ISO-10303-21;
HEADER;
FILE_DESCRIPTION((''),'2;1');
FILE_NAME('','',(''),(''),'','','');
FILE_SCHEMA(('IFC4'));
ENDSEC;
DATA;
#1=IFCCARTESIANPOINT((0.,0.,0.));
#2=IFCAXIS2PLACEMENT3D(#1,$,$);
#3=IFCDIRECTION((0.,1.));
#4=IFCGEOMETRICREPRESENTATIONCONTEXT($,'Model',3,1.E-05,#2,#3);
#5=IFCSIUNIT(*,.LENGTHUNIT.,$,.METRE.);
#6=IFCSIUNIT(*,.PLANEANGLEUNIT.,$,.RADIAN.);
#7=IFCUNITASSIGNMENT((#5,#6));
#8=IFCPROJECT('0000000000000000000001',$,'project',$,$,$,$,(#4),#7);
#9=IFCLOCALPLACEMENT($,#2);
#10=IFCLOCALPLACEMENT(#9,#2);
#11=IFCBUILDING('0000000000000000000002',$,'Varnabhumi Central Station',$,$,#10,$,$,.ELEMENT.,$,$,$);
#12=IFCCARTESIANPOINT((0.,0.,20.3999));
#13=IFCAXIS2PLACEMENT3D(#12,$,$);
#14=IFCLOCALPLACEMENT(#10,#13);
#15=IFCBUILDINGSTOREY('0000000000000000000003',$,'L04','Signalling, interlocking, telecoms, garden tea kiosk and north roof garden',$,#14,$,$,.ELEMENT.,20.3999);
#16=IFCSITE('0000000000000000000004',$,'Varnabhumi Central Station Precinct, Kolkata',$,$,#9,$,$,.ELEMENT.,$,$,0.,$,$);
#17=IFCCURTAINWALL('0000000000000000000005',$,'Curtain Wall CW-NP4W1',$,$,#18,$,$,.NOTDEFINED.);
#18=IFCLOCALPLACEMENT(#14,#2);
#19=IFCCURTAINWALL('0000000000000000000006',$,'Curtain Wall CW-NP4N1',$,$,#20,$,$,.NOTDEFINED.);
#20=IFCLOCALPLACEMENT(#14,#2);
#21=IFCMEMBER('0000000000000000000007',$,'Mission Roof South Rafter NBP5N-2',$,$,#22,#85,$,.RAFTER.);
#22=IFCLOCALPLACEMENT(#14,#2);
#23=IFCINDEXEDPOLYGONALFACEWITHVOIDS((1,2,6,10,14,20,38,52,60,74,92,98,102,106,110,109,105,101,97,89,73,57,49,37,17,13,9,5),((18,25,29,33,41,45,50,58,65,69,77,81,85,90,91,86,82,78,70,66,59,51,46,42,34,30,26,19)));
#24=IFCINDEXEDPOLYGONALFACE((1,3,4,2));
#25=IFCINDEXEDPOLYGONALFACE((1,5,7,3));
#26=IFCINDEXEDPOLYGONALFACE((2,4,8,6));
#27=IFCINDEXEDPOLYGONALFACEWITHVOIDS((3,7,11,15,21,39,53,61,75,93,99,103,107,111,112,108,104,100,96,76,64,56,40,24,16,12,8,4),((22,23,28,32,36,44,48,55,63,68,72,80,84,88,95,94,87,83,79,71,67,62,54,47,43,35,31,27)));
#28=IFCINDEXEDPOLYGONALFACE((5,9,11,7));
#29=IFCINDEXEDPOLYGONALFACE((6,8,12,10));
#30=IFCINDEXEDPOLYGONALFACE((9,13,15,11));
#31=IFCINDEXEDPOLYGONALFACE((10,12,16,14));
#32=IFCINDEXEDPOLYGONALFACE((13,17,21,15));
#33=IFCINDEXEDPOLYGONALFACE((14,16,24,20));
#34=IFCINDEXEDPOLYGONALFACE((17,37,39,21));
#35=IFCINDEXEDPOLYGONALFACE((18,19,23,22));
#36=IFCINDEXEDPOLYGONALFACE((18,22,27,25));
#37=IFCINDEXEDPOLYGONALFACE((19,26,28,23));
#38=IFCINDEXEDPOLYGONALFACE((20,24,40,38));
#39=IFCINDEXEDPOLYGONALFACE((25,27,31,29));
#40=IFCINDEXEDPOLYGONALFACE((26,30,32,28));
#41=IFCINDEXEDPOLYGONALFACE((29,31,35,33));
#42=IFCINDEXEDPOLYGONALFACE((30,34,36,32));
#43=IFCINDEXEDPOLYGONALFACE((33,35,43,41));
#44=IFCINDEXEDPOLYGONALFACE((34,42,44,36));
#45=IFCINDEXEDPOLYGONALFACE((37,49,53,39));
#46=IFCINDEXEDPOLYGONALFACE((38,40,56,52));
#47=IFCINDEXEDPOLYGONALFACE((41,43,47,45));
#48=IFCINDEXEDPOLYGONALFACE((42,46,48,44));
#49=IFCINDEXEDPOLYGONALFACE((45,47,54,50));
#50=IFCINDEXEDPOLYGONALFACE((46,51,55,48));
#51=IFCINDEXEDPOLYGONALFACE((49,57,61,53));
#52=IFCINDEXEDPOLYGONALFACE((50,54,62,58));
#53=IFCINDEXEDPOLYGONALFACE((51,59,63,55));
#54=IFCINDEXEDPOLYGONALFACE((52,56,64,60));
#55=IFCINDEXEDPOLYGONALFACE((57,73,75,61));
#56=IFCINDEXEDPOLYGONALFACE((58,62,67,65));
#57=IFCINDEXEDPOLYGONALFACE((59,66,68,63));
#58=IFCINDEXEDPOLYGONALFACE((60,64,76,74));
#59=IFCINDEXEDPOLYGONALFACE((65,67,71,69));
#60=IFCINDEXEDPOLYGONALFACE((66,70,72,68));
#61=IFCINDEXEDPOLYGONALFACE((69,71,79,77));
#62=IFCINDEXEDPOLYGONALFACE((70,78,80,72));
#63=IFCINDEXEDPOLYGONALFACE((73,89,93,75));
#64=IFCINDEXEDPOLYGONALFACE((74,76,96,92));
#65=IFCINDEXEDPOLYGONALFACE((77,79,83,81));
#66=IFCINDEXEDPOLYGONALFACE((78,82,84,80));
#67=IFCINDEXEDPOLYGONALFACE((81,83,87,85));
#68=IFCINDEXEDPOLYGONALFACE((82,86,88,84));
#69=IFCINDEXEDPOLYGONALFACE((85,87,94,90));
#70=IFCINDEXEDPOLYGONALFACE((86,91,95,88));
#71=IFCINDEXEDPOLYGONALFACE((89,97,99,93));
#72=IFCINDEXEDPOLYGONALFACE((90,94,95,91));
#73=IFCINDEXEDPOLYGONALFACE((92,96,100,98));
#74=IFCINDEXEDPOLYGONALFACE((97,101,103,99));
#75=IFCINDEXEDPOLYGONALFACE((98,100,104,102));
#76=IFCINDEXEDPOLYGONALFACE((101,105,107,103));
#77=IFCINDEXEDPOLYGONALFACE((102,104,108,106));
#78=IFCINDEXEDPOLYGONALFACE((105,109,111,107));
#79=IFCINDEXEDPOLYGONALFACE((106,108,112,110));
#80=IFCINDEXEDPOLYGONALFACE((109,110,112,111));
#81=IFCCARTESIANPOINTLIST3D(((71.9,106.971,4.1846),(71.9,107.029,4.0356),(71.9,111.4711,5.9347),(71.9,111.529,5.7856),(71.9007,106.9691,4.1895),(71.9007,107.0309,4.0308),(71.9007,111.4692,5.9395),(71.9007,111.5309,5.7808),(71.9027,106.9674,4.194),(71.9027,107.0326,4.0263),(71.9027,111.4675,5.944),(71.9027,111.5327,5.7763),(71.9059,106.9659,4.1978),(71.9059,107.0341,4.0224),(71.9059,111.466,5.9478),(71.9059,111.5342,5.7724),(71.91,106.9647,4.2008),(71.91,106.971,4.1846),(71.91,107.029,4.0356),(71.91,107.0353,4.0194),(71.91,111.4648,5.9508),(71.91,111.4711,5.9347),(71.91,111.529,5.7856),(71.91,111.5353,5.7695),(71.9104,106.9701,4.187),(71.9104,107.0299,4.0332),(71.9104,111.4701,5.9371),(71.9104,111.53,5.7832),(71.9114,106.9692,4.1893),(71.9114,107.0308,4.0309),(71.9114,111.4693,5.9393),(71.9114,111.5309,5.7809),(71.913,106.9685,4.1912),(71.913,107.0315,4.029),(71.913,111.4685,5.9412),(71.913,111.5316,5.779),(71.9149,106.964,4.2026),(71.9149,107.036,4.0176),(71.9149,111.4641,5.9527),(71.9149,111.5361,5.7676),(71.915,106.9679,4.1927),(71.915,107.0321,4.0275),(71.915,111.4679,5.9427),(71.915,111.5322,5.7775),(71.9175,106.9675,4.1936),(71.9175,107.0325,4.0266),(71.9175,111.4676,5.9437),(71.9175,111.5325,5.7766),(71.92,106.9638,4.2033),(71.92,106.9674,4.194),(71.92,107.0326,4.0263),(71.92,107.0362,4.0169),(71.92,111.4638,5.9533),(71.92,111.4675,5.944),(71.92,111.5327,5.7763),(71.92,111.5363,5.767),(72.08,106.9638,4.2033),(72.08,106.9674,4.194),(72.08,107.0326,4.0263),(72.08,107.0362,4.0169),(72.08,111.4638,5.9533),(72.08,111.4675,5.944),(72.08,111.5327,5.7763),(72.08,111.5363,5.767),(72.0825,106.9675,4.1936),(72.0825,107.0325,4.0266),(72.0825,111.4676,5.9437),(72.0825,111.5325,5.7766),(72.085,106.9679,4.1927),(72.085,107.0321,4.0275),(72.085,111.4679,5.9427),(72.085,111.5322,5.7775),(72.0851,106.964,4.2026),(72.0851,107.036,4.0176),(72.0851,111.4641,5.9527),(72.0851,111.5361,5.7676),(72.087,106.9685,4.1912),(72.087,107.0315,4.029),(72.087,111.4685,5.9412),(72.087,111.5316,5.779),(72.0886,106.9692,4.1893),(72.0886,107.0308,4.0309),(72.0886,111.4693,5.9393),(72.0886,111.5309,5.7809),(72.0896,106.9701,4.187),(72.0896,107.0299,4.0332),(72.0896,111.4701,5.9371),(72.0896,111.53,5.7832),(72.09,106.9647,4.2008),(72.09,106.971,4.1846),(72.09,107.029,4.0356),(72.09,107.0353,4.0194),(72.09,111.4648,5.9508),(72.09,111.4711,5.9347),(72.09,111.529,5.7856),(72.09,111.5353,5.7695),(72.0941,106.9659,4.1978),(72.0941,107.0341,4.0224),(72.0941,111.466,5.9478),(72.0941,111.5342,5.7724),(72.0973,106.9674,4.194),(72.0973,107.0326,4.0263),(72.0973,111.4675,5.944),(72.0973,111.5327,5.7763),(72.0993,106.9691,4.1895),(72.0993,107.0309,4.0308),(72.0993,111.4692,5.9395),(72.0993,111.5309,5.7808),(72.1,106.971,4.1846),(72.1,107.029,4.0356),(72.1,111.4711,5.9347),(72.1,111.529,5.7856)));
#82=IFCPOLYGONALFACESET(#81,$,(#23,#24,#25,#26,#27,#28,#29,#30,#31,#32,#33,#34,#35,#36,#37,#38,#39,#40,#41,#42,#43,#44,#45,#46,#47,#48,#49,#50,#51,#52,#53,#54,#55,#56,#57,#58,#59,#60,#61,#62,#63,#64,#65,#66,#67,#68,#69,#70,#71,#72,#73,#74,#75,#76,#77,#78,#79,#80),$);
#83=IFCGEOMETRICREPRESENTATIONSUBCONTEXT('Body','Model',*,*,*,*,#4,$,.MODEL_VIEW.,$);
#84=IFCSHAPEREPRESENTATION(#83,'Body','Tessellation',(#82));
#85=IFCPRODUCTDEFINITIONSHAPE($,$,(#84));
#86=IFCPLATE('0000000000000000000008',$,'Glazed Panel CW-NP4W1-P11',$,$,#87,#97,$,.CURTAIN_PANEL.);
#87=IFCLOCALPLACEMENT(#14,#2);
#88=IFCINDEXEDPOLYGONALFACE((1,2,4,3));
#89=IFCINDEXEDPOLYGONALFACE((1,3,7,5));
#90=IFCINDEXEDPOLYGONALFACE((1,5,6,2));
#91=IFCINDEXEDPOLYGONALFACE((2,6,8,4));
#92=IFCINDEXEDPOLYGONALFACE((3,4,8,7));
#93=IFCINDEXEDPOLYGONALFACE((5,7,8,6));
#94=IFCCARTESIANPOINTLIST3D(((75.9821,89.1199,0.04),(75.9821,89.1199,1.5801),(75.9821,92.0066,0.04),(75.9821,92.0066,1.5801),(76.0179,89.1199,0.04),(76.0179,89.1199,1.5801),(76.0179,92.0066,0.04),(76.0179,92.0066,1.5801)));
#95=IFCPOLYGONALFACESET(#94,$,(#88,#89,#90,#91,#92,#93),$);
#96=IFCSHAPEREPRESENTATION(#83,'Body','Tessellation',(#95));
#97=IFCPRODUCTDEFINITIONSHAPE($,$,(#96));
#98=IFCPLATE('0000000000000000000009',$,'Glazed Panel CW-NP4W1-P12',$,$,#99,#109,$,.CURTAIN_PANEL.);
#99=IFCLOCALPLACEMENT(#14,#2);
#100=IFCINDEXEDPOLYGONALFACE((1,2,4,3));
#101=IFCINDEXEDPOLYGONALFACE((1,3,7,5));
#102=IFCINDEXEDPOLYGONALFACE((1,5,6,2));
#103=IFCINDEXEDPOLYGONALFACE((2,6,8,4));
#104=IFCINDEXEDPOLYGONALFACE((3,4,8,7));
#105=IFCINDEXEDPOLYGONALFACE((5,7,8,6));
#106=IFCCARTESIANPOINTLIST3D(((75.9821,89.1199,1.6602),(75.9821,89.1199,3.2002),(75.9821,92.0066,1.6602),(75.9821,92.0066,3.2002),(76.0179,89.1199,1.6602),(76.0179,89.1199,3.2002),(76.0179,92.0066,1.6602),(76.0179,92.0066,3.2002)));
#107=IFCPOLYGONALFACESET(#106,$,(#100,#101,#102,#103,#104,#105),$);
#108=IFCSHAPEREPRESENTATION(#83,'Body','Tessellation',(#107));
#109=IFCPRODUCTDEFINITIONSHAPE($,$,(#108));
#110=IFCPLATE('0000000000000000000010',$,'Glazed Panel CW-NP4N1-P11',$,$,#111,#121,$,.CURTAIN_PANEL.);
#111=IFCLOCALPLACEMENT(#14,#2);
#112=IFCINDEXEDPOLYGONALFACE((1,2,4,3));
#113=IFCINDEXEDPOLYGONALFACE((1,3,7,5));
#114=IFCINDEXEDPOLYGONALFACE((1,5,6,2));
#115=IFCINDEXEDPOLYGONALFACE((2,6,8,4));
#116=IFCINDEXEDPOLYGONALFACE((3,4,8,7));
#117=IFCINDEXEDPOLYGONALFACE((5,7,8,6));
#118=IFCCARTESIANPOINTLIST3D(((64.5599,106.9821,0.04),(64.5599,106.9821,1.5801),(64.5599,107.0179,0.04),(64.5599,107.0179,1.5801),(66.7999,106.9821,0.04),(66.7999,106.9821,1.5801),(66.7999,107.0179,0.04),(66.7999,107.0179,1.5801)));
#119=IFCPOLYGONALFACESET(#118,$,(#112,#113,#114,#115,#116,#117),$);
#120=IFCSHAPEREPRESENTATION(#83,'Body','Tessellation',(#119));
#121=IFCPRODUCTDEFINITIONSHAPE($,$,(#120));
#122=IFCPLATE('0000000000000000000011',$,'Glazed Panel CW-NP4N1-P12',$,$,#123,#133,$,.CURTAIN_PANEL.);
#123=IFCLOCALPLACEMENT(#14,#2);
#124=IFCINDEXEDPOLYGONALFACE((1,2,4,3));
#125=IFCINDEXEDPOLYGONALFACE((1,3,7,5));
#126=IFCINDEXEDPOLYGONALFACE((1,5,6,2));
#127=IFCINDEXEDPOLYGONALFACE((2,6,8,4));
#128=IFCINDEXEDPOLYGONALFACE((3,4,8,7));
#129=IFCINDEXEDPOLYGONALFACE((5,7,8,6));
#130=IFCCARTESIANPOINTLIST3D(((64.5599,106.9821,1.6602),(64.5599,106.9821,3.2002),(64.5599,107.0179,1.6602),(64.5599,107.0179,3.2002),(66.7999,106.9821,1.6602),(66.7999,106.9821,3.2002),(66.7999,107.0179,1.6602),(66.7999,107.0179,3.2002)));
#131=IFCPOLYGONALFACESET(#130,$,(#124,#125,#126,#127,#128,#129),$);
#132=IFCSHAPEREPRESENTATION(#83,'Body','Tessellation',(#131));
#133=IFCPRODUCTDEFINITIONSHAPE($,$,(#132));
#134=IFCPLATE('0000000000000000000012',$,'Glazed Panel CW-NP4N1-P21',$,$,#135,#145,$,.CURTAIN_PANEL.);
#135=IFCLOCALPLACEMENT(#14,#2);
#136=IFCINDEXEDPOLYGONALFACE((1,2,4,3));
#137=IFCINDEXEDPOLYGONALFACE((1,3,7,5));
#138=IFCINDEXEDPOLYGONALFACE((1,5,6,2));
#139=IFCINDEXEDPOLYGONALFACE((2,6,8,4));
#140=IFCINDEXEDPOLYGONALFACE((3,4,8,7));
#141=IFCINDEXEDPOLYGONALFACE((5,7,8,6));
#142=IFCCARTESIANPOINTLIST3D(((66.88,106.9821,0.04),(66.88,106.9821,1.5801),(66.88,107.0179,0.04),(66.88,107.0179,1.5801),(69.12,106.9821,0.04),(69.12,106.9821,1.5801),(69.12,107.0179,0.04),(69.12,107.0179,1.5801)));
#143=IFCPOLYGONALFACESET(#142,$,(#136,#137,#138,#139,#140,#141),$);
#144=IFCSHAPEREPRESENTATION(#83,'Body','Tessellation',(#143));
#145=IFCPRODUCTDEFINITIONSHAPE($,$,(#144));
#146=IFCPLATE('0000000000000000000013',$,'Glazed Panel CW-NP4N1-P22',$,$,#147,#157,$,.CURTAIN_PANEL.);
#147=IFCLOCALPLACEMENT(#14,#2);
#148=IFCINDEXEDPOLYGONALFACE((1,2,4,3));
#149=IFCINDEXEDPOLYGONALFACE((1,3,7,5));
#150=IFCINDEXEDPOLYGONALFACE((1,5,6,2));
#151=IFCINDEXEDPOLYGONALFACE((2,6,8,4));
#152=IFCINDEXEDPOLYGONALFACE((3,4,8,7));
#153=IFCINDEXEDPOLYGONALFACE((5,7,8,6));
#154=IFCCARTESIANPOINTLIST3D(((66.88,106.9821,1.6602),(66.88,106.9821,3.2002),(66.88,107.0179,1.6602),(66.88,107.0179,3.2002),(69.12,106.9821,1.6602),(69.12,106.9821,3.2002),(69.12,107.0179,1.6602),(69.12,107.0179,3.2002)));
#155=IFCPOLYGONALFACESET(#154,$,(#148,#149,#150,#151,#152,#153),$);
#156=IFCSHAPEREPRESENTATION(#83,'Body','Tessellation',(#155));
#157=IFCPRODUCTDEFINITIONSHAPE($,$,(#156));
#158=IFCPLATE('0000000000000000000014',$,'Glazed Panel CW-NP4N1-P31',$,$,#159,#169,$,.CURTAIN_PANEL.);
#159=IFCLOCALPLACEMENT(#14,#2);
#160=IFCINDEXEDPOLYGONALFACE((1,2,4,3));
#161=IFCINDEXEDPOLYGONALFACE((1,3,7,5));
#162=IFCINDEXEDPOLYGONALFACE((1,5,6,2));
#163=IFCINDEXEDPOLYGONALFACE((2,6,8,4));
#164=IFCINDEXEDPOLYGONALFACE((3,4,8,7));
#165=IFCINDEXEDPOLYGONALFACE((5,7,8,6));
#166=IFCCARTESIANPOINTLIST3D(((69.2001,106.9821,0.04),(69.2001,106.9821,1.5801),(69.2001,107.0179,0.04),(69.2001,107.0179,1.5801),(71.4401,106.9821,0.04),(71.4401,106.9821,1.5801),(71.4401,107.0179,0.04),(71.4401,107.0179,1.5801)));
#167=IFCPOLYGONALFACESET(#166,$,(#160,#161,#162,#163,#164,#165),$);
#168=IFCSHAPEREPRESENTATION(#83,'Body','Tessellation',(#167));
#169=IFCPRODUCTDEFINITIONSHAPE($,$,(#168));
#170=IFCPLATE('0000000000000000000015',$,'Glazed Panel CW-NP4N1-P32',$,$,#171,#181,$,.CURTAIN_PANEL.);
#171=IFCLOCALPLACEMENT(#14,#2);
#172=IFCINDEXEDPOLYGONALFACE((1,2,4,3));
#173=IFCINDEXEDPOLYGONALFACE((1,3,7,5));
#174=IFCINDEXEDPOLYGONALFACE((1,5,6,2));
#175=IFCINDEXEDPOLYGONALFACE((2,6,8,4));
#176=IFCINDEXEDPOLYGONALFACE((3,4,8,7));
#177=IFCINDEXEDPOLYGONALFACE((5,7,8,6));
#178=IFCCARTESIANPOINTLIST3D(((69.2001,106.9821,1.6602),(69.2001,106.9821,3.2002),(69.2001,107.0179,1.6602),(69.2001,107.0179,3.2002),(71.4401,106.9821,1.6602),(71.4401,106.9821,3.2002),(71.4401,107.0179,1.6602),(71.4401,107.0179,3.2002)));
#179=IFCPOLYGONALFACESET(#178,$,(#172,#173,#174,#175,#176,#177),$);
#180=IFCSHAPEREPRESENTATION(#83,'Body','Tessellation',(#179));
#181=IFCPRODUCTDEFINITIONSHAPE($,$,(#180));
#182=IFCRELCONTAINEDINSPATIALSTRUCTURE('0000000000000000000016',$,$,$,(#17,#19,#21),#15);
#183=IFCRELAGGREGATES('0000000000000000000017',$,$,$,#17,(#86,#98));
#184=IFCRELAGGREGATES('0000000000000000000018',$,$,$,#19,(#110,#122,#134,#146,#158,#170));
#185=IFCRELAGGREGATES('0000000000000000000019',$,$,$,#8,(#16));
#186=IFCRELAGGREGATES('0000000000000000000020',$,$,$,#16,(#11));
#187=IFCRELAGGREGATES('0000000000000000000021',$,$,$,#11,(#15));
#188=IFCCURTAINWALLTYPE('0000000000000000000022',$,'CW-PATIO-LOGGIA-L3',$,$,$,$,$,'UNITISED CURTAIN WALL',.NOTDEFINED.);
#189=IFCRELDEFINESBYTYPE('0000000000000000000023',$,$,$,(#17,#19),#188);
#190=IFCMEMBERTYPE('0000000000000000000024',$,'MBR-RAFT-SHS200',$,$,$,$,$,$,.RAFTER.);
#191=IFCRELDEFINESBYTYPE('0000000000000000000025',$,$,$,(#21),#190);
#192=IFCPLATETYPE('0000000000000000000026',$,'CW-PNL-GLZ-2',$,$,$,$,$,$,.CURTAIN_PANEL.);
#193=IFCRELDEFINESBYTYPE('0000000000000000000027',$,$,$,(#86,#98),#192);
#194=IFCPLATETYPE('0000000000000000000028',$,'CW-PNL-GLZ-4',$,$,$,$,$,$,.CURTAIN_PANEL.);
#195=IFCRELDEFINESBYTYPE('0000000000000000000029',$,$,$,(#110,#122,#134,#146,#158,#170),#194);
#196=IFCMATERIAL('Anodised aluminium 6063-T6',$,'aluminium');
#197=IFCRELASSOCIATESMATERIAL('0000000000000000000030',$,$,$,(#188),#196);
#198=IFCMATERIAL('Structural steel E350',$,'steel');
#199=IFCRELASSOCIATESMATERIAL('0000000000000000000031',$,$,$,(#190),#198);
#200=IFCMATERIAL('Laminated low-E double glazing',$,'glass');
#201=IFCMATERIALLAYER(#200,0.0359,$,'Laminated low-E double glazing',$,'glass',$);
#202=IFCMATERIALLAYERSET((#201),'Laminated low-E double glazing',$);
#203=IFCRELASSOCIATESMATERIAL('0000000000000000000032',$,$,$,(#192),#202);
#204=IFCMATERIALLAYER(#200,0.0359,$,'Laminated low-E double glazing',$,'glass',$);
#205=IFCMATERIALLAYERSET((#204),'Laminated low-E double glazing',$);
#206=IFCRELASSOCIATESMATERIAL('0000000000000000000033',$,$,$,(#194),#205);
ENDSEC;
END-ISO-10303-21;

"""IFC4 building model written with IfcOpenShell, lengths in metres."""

from ifc_helpers import new_model, si_unit, direction, frame, origin, origin_2d, place, context, subcontext, project, spatial, rectangle, hollow_rectangle, extrude, material, layer, layer_set, material_profile, profile_set, type_object, element, aggregate, save


model = new_model("IFC4")

# Units and contexts
model_context = context("Model", 3, precision=1e-05, world=origin(), true_north=direction((0.0, 1.0)))
body_context = subcontext(model_context, "Body", "Model", "MODEL_VIEW")
ifc_project = project(units=[si_unit("LENGTHUNIT", "METRE"), si_unit("PLANEANGLEUNIT", "RADIAN")], contexts=[model_context])

# Site, building, storey
site_placement = place(None, origin())
site = spatial("IfcSite", under=ifc_project, at=site_placement, Name="Varnabhumi Central Station Precinct, Kolkata", CompositionType="ELEMENT", RefElevation=0.0)
building_placement = place(site_placement, origin())
building = spatial("IfcBuilding", under=site, at=building_placement, Name="Varnabhumi Central Station", CompositionType="ELEMENT")
storey_placement = place(building_placement, frame((0.0, 0.0, 20.3999)))
storey = spatial("IfcBuildingStorey", under=building, at=storey_placement, Name="L04", Description="Signalling, interlocking, telecoms, garden tea kiosk and north roof garden", CompositionType="ELEMENT", Elevation=20.3999)

# Curtain wall
ifc_material_1 = material(Name="Anodised aluminium 6063-T6", Category="aluminium")
curtain_wall_type = type_object("IfcCurtainWallType", Name="CW-PATIO-LOGGIA-L3", ElementType="UNITISED CURTAIN WALL", PredefinedType="NOTDEFINED", material=ifc_material_1)
curtain_wall_1_placement = place(storey_placement, origin())
curtain_wall_1 = element("IfcCurtainWall", 1, at=curtain_wall_1_placement, inside=storey, type_object=curtain_wall_type, Name="Curtain Wall CW-NP4W1", PredefinedType="NOTDEFINED")

# Curtain wall
curtain_wall_2_placement = place(storey_placement, origin())
curtain_wall_2 = element("IfcCurtainWall", 2, at=curtain_wall_2_placement, inside=storey, type_object=curtain_wall_type, Name="Curtain Wall CW-NP4N1", PredefinedType="NOTDEFINED")

# Member
ifc_material_2 = material(Name="Structural steel E350", Category="steel")
ifc_material_profile_1 = material_profile(ifc_material_2, hollow_rectangle(XDim=0.2, YDim=0.2, WallThickness=0.01, InnerFilletRadius=0.01, OuterFilletRadius=0.02, at=origin_2d()), Name="Structural steel E350", Category="steel")
ifc_profile_set_1 = profile_set([ifc_material_profile_1], Name="Structural steel E350")
member_type_1 = type_object("IfcMemberType", Name="MBR-RAFT-SHS200", PredefinedType="RAFTER", material=ifc_profile_set_1)
member_1_placement = place(storey_placement, frame((72.0, 107.0, 4.1101), z_axis=(0.0, 0.932005, 0.362446), x_axis=(-1.0, 0.0, 0.0)))
element("IfcMember", 3, at=member_1_placement, inside=storey, type_object=member_type_1, Name="Mission Roof South Rafter NBP5N-2", PredefinedType="RAFTER", context=body_context, shape_type="SweptSolid", body=[
    extrude(hollow_rectangle(XDim=0.2, YDim=0.2, WallThickness=0.01, InnerFilletRadius=0.01, OuterFilletRadius=0.02, at=origin_2d()), origin(), (0.0, 0.0, 1.0), 4.8284),
])

# Plates
ifc_material_3 = material(Name="Laminated low-E double glazing", Category="glass")
ifc_layer_1 = layer(ifc_material_3, 0.0359, Name="Laminated low-E double glazing", Category="glass")
ifc_layer_set_1 = layer_set([ifc_layer_1], Name="Laminated low-E double glazing")
plate_type_1 = type_object("IfcPlateType", Name="CW-PNL-GLZ-2", PredefinedType="CURTAIN_PANEL", material=ifc_layer_set_1)
plate_1_placement = place(storey_placement, frame((76.0, 90.5632, 0.04), z_axis=(0.0, 0.0, 1.0), x_axis=(0.0, 1.0, 0.0)))
plate_1 = element("IfcPlate", 4, at=plate_1_placement, type_object=plate_type_1, Name="Glazed Panel CW-NP4W1-P11", PredefinedType="CURTAIN_PANEL", context=body_context, shape_type="SweptSolid", body=[
    extrude(rectangle(XDim=2.8867, YDim=0.0359, at=origin_2d()), origin(), (0.0, 0.0, 1.0), 1.54),
])
plate_2_placement = place(storey_placement, frame((76.0, 90.5632, 1.6602), z_axis=(0.0, 0.0, 1.0), x_axis=(0.0, 1.0, 0.0)))
plate_2 = element("IfcPlate", 5, at=plate_2_placement, type_object=plate_type_1, Name="Glazed Panel CW-NP4W1-P12", PredefinedType="CURTAIN_PANEL", context=body_context, shape_type="SweptSolid", body=[
    extrude(rectangle(XDim=2.8867, YDim=0.0359, at=origin_2d()), origin(), (0.0, 0.0, 1.0), 1.54),
])
aggregate(curtain_wall_1, [plate_1, plate_2])
ifc_layer_2 = layer(ifc_material_3, 0.0359, Name="Laminated low-E double glazing", Category="glass")
ifc_layer_set_2 = layer_set([ifc_layer_2], Name="Laminated low-E double glazing")
plate_type_2 = type_object("IfcPlateType", Name="CW-PNL-GLZ-4", PredefinedType="CURTAIN_PANEL", material=ifc_layer_set_2)
plate_3_placement = place(storey_placement, frame((65.6799, 107.0, 0.04), z_axis=(0.0, 0.0, 1.0), x_axis=(1.0, 0.0, 0.0)))
plate_3 = element("IfcPlate", 6, at=plate_3_placement, type_object=plate_type_2, Name="Glazed Panel CW-NP4N1-P11", PredefinedType="CURTAIN_PANEL", context=body_context, shape_type="SweptSolid", body=[
    extrude(rectangle(XDim=2.24, YDim=0.0359, at=origin_2d()), origin(), (0.0, 0.0, 1.0), 1.54),
])
plate_4_placement = place(storey_placement, frame((65.6799, 107.0, 1.6602), z_axis=(0.0, 0.0, 1.0), x_axis=(1.0, 0.0, 0.0)))
plate_4 = element("IfcPlate", 7, at=plate_4_placement, type_object=plate_type_2, Name="Glazed Panel CW-NP4N1-P12", PredefinedType="CURTAIN_PANEL", context=body_context, shape_type="SweptSolid", body=[
    extrude(rectangle(XDim=2.24, YDim=0.0359, at=origin_2d()), origin(), (0.0, 0.0, 1.0), 1.54),
])
plate_5_placement = place(storey_placement, frame((68.0, 107.0, 0.04), z_axis=(0.0, 0.0, 1.0), x_axis=(1.0, 0.0, 0.0)))
plate_5 = element("IfcPlate", 8, at=plate_5_placement, type_object=plate_type_2, Name="Glazed Panel CW-NP4N1-P21", PredefinedType="CURTAIN_PANEL", context=body_context, shape_type="SweptSolid", body=[
    extrude(rectangle(XDim=2.24, YDim=0.0359, at=origin_2d()), origin(), (0.0, 0.0, 1.0), 1.54),
])
plate_6_placement = place(storey_placement, frame((68.0, 107.0, 1.6602), z_axis=(0.0, 0.0, 1.0), x_axis=(1.0, 0.0, 0.0)))
plate_6 = element("IfcPlate", 9, at=plate_6_placement, type_object=plate_type_2, Name="Glazed Panel CW-NP4N1-P22", PredefinedType="CURTAIN_PANEL", context=body_context, shape_type="SweptSolid", body=[
    extrude(rectangle(XDim=2.24, YDim=0.0359, at=origin_2d()), origin(), (0.0, 0.0, 1.0), 1.54),
])
plate_7_placement = place(storey_placement, frame((70.3201, 107.0, 0.04), z_axis=(0.0, 0.0, 1.0), x_axis=(1.0, 0.0, 0.0)))
plate_7 = element("IfcPlate", 10, at=plate_7_placement, type_object=plate_type_2, Name="Glazed Panel CW-NP4N1-P31", PredefinedType="CURTAIN_PANEL", context=body_context, shape_type="SweptSolid", body=[
    extrude(rectangle(XDim=2.24, YDim=0.0359, at=origin_2d()), origin(), (0.0, 0.0, 1.0), 1.54),
])
plate_8_placement = place(storey_placement, frame((70.3201, 107.0, 1.6602), z_axis=(0.0, 0.0, 1.0), x_axis=(1.0, 0.0, 0.0)))
plate_8 = element("IfcPlate", 11, at=plate_8_placement, type_object=plate_type_2, Name="Glazed Panel CW-NP4N1-P32", PredefinedType="CURTAIN_PANEL", context=body_context, shape_type="SweptSolid", body=[
    extrude(rectangle(XDim=2.24, YDim=0.0359, at=origin_2d()), origin(), (0.0, 0.0, 1.0), 1.54),
])
aggregate(curtain_wall_2, [plate_3, plate_4, plate_5, plate_6, plate_7, plate_8])

save(model, "model.ifc")
